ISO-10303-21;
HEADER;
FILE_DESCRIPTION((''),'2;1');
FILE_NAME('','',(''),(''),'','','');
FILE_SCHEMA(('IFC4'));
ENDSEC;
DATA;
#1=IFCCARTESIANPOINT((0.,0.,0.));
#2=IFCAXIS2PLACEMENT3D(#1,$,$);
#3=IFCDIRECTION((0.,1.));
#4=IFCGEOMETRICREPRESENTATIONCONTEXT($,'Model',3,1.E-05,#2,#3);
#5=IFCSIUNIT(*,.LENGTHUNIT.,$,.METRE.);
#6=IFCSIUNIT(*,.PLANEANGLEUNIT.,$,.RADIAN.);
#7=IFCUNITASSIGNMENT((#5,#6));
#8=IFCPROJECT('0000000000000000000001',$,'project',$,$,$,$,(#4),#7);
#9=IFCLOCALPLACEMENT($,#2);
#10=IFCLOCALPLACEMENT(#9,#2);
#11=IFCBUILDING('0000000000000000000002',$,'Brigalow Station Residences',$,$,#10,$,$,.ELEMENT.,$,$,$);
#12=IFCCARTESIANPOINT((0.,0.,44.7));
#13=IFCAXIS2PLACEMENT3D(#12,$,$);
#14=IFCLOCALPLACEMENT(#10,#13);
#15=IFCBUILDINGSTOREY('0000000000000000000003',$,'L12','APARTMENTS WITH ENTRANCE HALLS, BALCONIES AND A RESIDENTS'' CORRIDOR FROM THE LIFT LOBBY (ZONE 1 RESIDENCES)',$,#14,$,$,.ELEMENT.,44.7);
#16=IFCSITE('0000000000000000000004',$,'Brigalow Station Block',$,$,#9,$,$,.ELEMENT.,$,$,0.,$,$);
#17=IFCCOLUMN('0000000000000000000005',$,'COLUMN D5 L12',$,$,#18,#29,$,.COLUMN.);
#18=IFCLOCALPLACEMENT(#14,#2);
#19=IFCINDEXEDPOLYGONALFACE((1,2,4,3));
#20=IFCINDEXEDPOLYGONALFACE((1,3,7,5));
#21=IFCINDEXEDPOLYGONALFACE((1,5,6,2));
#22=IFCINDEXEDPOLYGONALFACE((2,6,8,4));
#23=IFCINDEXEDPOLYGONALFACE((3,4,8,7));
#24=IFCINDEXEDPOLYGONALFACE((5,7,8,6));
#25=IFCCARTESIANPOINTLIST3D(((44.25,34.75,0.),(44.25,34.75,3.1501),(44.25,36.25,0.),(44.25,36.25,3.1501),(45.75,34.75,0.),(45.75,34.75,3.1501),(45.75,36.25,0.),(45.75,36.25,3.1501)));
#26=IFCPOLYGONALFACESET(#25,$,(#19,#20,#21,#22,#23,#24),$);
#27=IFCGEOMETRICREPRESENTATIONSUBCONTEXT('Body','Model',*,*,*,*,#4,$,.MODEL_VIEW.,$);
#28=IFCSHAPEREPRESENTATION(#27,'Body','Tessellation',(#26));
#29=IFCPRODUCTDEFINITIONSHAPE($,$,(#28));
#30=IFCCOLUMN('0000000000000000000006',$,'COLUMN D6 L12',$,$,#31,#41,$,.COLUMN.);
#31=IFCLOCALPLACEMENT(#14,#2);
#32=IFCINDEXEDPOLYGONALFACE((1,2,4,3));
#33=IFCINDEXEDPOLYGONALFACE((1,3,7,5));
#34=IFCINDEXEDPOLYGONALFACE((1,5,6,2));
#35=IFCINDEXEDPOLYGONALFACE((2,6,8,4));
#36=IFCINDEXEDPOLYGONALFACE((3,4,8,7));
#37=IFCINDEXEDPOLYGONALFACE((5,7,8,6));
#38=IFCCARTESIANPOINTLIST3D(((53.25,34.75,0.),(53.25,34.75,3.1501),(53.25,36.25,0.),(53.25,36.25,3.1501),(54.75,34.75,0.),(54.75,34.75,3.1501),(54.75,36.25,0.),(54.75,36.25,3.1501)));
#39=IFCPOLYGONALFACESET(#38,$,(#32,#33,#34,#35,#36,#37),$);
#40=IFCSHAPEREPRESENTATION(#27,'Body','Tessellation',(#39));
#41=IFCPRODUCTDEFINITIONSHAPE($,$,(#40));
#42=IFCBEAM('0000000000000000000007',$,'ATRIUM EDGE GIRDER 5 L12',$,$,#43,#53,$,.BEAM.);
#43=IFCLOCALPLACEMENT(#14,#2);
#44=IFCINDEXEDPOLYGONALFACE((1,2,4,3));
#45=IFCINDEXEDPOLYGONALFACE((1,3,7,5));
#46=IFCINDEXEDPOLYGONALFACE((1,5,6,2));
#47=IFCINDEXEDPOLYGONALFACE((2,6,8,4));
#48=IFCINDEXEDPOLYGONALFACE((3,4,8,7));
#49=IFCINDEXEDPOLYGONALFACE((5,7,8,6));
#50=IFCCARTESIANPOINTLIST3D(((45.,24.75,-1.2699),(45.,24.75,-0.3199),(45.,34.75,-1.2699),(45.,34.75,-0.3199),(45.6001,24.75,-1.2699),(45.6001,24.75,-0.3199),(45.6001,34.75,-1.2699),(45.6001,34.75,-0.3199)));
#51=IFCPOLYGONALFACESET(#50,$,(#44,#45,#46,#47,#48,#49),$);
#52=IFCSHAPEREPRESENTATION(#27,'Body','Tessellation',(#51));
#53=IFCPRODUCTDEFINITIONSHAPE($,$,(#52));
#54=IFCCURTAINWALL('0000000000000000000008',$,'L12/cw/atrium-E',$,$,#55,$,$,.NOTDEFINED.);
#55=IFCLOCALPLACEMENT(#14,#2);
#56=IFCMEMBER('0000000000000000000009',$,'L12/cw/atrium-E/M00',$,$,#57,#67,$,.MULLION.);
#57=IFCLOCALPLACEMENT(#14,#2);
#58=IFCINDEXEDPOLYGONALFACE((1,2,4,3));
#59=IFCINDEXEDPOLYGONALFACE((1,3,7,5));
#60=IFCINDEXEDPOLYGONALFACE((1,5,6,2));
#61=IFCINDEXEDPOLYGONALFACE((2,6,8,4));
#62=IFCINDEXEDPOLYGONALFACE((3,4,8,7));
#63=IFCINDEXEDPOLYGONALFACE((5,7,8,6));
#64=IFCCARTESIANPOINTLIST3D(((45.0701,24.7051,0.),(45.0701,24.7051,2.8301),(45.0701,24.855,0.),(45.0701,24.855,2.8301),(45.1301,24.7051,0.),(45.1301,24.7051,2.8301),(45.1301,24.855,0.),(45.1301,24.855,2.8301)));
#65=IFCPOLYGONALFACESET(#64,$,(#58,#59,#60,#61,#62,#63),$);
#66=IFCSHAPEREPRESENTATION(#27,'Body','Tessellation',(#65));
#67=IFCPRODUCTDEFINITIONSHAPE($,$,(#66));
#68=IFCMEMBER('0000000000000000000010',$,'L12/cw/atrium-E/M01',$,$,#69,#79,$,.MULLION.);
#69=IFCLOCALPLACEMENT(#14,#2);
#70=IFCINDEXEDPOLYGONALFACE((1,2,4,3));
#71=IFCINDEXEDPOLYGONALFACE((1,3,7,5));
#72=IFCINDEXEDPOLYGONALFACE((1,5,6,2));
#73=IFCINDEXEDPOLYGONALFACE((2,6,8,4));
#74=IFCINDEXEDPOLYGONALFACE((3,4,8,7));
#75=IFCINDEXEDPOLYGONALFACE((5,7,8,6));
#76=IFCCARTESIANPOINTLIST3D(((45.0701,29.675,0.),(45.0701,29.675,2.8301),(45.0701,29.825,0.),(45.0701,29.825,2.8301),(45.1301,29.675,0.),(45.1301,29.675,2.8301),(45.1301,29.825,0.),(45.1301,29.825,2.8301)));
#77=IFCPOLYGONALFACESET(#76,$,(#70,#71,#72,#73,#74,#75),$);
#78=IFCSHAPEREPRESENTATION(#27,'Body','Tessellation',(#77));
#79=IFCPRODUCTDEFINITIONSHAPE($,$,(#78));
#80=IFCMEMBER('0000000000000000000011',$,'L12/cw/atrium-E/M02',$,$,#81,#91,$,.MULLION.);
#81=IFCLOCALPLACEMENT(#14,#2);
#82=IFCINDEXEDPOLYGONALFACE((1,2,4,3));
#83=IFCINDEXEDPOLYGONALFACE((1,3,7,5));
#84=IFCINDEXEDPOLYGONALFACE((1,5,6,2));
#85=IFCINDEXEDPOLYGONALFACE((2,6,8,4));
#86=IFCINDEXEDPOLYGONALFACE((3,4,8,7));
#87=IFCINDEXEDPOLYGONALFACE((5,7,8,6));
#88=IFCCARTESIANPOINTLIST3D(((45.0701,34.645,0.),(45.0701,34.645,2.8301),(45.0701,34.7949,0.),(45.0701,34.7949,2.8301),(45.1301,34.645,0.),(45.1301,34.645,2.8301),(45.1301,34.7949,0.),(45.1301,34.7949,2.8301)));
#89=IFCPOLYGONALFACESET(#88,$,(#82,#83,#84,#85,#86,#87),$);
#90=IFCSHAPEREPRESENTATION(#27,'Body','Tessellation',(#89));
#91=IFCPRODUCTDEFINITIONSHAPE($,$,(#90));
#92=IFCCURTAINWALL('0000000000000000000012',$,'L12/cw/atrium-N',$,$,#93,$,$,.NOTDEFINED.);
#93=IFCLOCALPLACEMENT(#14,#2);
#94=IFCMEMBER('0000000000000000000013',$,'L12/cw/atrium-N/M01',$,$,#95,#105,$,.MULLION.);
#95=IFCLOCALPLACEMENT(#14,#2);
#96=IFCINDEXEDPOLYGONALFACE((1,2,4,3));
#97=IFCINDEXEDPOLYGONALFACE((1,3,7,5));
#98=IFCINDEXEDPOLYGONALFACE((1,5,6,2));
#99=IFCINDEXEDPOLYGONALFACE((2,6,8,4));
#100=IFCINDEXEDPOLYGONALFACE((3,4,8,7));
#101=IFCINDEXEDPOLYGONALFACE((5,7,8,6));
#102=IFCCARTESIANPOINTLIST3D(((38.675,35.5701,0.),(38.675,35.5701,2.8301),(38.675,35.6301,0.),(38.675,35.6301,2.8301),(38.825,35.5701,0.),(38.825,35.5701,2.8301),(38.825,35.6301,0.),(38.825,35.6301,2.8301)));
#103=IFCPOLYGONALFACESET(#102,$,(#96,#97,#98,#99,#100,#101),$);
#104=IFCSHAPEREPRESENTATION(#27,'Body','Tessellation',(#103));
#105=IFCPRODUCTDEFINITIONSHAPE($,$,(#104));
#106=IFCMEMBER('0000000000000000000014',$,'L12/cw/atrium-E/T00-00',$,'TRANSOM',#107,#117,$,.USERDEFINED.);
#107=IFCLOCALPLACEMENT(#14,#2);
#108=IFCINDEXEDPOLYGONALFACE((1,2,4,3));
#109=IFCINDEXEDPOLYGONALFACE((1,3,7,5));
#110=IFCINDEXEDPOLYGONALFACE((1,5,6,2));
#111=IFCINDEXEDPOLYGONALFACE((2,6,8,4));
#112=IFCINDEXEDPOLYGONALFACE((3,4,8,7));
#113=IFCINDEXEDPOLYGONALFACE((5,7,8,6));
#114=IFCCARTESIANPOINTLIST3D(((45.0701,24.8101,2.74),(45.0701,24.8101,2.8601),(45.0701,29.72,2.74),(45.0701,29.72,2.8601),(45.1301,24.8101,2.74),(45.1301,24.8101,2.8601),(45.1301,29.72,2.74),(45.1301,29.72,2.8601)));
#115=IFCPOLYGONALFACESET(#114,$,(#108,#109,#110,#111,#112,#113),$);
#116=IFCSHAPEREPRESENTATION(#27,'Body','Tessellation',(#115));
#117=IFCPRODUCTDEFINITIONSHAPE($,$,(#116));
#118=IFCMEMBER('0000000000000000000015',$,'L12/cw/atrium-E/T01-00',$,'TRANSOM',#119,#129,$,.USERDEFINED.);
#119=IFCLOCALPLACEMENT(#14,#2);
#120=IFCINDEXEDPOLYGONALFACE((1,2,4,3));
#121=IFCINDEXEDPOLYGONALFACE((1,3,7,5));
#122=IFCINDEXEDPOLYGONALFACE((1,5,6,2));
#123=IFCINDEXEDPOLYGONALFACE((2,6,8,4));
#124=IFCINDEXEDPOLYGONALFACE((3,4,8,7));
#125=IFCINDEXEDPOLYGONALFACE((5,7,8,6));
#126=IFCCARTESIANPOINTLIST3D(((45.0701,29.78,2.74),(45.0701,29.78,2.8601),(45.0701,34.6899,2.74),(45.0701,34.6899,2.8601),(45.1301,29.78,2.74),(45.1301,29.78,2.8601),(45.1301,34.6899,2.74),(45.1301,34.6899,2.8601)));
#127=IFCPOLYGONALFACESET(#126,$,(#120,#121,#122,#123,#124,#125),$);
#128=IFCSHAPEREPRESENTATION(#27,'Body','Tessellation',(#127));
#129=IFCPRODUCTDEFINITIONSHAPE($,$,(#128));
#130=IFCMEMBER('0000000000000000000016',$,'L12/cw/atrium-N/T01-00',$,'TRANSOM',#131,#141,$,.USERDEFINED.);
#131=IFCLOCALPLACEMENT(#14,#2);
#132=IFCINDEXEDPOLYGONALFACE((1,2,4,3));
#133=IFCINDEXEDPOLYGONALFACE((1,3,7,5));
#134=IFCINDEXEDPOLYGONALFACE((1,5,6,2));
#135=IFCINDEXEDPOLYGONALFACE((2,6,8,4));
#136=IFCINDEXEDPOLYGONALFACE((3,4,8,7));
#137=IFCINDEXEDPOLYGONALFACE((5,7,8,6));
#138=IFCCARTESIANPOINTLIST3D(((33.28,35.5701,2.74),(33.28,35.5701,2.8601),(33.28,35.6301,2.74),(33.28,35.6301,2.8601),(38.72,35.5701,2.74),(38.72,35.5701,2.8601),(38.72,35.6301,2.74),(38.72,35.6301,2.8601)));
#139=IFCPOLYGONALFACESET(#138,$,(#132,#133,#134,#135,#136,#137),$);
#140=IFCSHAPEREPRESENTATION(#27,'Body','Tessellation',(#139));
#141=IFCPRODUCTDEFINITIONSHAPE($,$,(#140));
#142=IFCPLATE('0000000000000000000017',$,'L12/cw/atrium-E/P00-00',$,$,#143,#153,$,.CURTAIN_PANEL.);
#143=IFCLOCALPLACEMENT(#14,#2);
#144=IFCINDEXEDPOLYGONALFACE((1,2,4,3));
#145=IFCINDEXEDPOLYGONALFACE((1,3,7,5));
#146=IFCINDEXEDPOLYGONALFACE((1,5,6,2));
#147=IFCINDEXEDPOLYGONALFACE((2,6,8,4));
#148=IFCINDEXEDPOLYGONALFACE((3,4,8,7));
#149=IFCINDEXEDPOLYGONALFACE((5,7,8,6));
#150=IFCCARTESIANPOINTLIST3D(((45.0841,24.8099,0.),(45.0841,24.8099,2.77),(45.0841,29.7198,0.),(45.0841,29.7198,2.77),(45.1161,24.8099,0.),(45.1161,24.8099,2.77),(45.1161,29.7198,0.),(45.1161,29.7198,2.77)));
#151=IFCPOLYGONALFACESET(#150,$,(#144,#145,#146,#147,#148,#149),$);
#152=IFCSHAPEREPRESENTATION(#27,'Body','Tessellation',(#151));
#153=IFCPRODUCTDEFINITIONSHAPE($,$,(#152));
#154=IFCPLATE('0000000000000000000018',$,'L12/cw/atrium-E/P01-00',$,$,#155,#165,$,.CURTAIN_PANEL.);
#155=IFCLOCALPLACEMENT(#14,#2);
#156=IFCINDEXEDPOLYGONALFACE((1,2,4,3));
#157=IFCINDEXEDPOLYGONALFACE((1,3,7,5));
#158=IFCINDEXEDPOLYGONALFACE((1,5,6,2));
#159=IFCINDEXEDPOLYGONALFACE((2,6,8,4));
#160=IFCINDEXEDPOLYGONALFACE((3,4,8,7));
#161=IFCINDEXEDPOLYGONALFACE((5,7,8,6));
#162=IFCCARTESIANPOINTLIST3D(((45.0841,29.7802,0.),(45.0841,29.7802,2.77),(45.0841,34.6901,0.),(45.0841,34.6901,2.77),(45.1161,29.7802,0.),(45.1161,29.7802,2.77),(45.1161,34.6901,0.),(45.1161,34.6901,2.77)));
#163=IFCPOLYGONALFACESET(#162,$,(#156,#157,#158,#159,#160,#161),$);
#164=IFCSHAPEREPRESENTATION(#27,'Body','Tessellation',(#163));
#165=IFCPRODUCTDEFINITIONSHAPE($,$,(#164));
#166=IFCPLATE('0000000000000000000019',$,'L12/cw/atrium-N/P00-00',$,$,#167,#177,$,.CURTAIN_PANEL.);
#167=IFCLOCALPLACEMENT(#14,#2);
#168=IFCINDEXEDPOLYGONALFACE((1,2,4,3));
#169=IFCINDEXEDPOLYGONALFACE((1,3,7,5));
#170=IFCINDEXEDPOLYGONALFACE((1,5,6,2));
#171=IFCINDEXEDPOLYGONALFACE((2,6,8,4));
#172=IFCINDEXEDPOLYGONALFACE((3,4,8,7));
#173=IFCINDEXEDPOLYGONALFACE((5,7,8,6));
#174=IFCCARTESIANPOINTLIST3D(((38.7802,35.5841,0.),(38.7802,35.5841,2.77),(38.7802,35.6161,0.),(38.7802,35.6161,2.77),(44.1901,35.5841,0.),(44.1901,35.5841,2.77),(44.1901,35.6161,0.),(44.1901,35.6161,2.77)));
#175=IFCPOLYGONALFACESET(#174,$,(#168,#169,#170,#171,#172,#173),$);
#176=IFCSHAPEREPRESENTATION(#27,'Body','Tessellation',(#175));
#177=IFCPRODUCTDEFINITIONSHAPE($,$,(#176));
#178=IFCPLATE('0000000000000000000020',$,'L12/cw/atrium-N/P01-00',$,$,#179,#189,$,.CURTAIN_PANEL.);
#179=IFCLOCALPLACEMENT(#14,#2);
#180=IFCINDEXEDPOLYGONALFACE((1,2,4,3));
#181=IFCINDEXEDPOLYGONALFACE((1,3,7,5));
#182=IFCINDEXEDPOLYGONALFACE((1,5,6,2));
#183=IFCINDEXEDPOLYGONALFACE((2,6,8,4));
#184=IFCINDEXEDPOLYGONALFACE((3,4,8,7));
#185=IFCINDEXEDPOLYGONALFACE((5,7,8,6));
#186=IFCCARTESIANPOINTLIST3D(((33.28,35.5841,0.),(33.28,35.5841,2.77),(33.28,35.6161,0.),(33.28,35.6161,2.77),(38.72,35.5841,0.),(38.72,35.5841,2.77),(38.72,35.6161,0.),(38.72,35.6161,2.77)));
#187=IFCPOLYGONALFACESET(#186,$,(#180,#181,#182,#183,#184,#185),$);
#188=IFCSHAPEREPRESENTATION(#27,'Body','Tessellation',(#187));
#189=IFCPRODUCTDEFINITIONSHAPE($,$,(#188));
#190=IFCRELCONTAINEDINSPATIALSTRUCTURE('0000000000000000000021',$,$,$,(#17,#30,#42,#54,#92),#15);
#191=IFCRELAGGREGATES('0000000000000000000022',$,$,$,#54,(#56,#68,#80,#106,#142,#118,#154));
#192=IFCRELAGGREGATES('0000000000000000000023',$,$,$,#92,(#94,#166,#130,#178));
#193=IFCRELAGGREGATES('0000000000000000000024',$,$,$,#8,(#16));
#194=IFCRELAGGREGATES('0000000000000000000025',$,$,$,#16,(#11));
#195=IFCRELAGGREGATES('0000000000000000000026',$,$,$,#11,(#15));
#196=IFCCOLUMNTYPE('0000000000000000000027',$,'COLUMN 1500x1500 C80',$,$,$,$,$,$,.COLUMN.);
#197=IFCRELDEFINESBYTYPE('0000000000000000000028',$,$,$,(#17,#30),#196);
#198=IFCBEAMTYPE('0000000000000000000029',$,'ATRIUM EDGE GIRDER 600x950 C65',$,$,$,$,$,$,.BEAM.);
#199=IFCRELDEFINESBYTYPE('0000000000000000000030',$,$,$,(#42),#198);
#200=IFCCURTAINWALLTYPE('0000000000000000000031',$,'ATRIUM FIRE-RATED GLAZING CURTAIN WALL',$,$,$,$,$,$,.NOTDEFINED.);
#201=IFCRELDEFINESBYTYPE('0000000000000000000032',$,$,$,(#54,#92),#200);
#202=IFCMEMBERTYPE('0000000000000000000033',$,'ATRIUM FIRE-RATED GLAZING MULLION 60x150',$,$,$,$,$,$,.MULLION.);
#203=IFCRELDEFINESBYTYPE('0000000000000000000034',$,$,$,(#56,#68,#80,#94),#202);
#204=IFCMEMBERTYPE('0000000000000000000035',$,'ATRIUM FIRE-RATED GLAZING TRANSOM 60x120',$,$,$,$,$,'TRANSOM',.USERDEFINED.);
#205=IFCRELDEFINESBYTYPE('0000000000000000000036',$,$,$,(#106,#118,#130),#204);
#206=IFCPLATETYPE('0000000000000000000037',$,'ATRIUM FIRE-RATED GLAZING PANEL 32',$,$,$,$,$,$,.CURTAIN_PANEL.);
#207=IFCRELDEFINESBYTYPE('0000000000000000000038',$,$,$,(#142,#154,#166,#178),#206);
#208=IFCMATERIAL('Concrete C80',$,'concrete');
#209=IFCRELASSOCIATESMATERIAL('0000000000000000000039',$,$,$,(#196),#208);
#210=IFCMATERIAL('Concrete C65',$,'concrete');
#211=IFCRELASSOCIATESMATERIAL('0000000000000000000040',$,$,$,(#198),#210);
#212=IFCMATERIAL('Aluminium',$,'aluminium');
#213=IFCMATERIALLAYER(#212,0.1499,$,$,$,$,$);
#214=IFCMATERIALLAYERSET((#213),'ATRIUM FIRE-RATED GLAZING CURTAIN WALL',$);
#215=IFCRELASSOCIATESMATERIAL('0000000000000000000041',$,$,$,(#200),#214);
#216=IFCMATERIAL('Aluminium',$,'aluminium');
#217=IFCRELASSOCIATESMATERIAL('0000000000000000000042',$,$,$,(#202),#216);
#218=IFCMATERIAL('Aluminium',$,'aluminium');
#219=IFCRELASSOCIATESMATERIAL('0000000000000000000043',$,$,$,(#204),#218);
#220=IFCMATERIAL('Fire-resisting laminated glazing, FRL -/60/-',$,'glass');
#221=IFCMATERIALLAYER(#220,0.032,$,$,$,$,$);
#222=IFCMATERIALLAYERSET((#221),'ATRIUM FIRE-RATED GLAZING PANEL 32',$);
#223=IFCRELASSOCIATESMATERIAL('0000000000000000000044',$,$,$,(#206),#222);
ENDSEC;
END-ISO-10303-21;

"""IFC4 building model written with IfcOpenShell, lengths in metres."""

from ifc_helpers import new_model, si_unit, direction, frame, origin, origin_2d, place, context, subcontext, project, spatial, rectangle, extrude, material, layer, layer_set, material_profile, profile_set, type_object, element, aggregate, save


model = new_model("IFC4")

# Units and contexts
model_context = context("Model", 3, precision=1e-05, world=origin(), true_north=direction((0.0, 1.0)))
body_context = subcontext(model_context, "Body", "Model", "MODEL_VIEW")
ifc_project = project(units=[si_unit("LENGTHUNIT", "METRE"), si_unit("PLANEANGLEUNIT", "RADIAN")], contexts=[model_context])

# Site, building, storey
site_placement = place(None, origin())
site = spatial("IfcSite", under=ifc_project, at=site_placement, Name="Brigalow Station Block", CompositionType="ELEMENT", RefElevation=0.0)
building_placement = place(site_placement, origin())
building = spatial("IfcBuilding", under=site, at=building_placement, Name="Brigalow Station Residences", CompositionType="ELEMENT")
storey_placement = place(building_placement, frame((0.0, 0.0, 44.7)))
storey = spatial("IfcBuildingStorey", under=building, at=storey_placement, Name="L12", Description="APARTMENTS WITH ENTRANCE HALLS, BALCONIES AND A RESIDENTS' CORRIDOR FROM THE LIFT LOBBY (ZONE 1 RESIDENCES)", CompositionType="ELEMENT", Elevation=44.7)

# Columns
ifc_material_1 = material(Name="Concrete C80", Category="concrete")
ifc_material_profile_1 = material_profile(ifc_material_1, rectangle(XDim=1.5, YDim=1.5, at=origin_2d()), Name="RC1500x1500")
ifc_profile_set_1 = profile_set([ifc_material_profile_1], Name="Concrete C80")
column_type = type_object("IfcColumnType", Name="COLUMN 1500x1500 C80", PredefinedType="COLUMN", material=ifc_profile_set_1)
for number, where, z_axis, x_axis, name in (
    (1, (45.0, 35.5, 0.0), (0.0, 0.0, 1.0), (1.0, 0.0, 0.0), "COLUMN D5 L12"),
    (2, (54.0, 35.5, 0.0), (0.0, 0.0, 1.0), (1.0, 0.0, 0.0), "COLUMN D6 L12"),
):
    element("IfcColumn", number, at=place(storey_placement, frame(where, z_axis=z_axis, x_axis=x_axis)), inside=storey, type_object=column_type, Name=name, PredefinedType="COLUMN", context=body_context, shape_type="SweptSolid", body=[
        extrude(rectangle(XDim=1.5, YDim=1.5, at=origin_2d()), origin(), (0.0, 0.0, 1.0), 3.1501),
    ])

# Beam
ifc_material_2 = material(Name="Concrete C65", Category="concrete")
ifc_material_profile_2 = material_profile(ifc_material_2, rectangle(XDim=0.6001, YDim=0.95, at=origin_2d()), Name="RC600x950")
ifc_profile_set_2 = profile_set([ifc_material_profile_2], Name="Concrete C65")
beam_type = type_object("IfcBeamType", Name="ATRIUM EDGE GIRDER 600x950 C65", PredefinedType="BEAM", material=ifc_profile_set_2)
beam_placement = place(storey_placement, frame((45.3, 24.75, -0.7949), z_axis=(0.0, 1.0, 0.0), x_axis=(-1.0, 0.0, 0.0)))
element("IfcBeam", 3, at=beam_placement, inside=storey, type_object=beam_type, Name="ATRIUM EDGE GIRDER 5 L12", PredefinedType="BEAM", context=body_context, shape_type="SweptSolid", body=[
    extrude(rectangle(XDim=0.6001, YDim=0.95, at=origin_2d()), origin(), (0.0, 0.0, 1.0), 10.0),
])

# Curtain wall, members
ifc_material_3 = material(Name="Aluminium", Category="aluminium")
ifc_layer_1 = layer(ifc_material_3, 0.1499)
ifc_layer_set_1 = layer_set([ifc_layer_1], Name="ATRIUM FIRE-RATED GLAZING CURTAIN WALL")
curtain_wall_type = type_object("IfcCurtainWallType", Name="ATRIUM FIRE-RATED GLAZING CURTAIN WALL", PredefinedType="NOTDEFINED", material=ifc_layer_set_1)
curtain_wall_1_placement = place(storey_placement, origin())
curtain_wall_1 = element("IfcCurtainWall", 4, at=curtain_wall_1_placement, inside=storey, type_object=curtain_wall_type, Name="L12/cw/atrium-E", PredefinedType="NOTDEFINED")
ifc_material_4 = material(Name="Aluminium", Category="aluminium")
ifc_material_profile_3 = material_profile(ifc_material_4, rectangle(XDim=0.0601, YDim=0.1499, at=origin_2d()), Name="ATRIUM FIRE-RATED GLAZING MULLION 60x150")
ifc_profile_set_3 = profile_set([ifc_material_profile_3], Name="Aluminium")
member_type_1 = type_object("IfcMemberType", Name="ATRIUM FIRE-RATED GLAZING MULLION 60x150", PredefinedType="MULLION", material=ifc_profile_set_3)
member_1_placement = place(storey_placement, frame((45.1001, 24.78, 0.0), z_axis=(0.0, 0.0, 1.0), x_axis=(-1.0, 0.0, 0.0)))
member_1 = element("IfcMember", 5, at=member_1_placement, type_object=member_type_1, Name="L12/cw/atrium-E/M00", PredefinedType="MULLION", context=body_context, shape_type="SweptSolid", body=[
    extrude(rectangle(XDim=0.0601, YDim=0.1499, at=origin_2d()), origin(), (0.0, 0.0, 1.0), 2.8301),
])
member_2_placement = place(storey_placement, frame((45.1001, 29.75, 0.0), z_axis=(0.0, 0.0, 1.0), x_axis=(-1.0, 0.0, 0.0)))
member_2 = element("IfcMember", 6, at=member_2_placement, type_object=member_type_1, Name="L12/cw/atrium-E/M01", PredefinedType="MULLION", context=body_context, shape_type="SweptSolid", body=[
    extrude(rectangle(XDim=0.0601, YDim=0.1499, at=origin_2d()), origin(), (0.0, 0.0, 1.0), 2.8301),
])
member_3_placement = place(storey_placement, frame((45.1001, 34.72, 0.0), z_axis=(0.0, 0.0, 1.0), x_axis=(-1.0, 0.0, 0.0)))
member_3 = element("IfcMember", 7, at=member_3_placement, type_object=member_type_1, Name="L12/cw/atrium-E/M02", PredefinedType="MULLION", context=body_context, shape_type="SweptSolid", body=[
    extrude(rectangle(XDim=0.0601, YDim=0.1499, at=origin_2d()), origin(), (0.0, 0.0, 1.0), 2.8301),
])

# Curtain wall, member
curtain_wall_2_placement = place(storey_placement, origin())
curtain_wall_2 = element("IfcCurtainWall", 8, at=curtain_wall_2_placement, inside=storey, type_object=curtain_wall_type, Name="L12/cw/atrium-N", PredefinedType="NOTDEFINED")
member_4_placement = place(storey_placement, frame((38.75, 35.6001, 0.0), z_axis=(0.0, 0.0, 1.0), x_axis=(0.0, -1.0, 0.0)))
member_4 = element("IfcMember", 9, at=member_4_placement, type_object=member_type_1, Name="L12/cw/atrium-N/M01", PredefinedType="MULLION", context=body_context, shape_type="SweptSolid", body=[
    extrude(rectangle(XDim=0.0601, YDim=0.1499, at=origin_2d()), origin(), (0.0, 0.0, 1.0), 2.8301),
])

# Members
ifc_material_5 = material(Name="Aluminium", Category="aluminium")
ifc_material_profile_4 = material_profile(ifc_material_5, rectangle(XDim=0.0601, YDim=0.1201, at=origin_2d()), Name="ATRIUM FIRE-RATED GLAZING TRANSOM 60x120")
ifc_profile_set_4 = profile_set([ifc_material_profile_4], Name="Aluminium")
member_type_2 = type_object("IfcMemberType", Name="ATRIUM FIRE-RATED GLAZING TRANSOM 60x120", ElementType="TRANSOM", PredefinedType="USERDEFINED", material=ifc_profile_set_4)
member_5_placement = place(storey_placement, frame((45.1001, 24.8101, 2.8), z_axis=(0.0, 1.0, 0.0), x_axis=(-1.0, 0.0, 0.0)))
member_5 = element("IfcMember", 10, at=member_5_placement, type_object=member_type_2, Name="L12/cw/atrium-E/T00-00", ObjectType="TRANSOM", PredefinedType="USERDEFINED", context=body_context, shape_type="SweptSolid", body=[
    extrude(rectangle(XDim=0.0601, YDim=0.1201, at=origin_2d()), origin(), (0.0, 0.0, 1.0), 4.9099),
])
member_6_placement = place(storey_placement, frame((45.1001, 29.78, 2.8), z_axis=(0.0, 1.0, 0.0), x_axis=(-1.0, 0.0, 0.0)))
member_6 = element("IfcMember", 11, at=member_6_placement, type_object=member_type_2, Name="L12/cw/atrium-E/T01-00", ObjectType="TRANSOM", PredefinedType="USERDEFINED", context=body_context, shape_type="SweptSolid", body=[
    extrude(rectangle(XDim=0.0601, YDim=0.1201, at=origin_2d()), origin(), (0.0, 0.0, 1.0), 4.9099),
])
member_7_placement = place(storey_placement, frame((38.72, 35.6001, 2.8), z_axis=(-1.0, 0.0, 0.0), x_axis=(0.0, -1.0, 0.0)))
member_7 = element("IfcMember", 12, at=member_7_placement, type_object=member_type_2, Name="L12/cw/atrium-N/T01-00", ObjectType="TRANSOM", PredefinedType="USERDEFINED", context=body_context, shape_type="SweptSolid", body=[
    extrude(rectangle(XDim=0.0601, YDim=0.1201, at=origin_2d()), origin(), (0.0, 0.0, 1.0), 5.4399),
])

# Plates
ifc_material_6 = material(Name="Fire-resisting laminated glazing, FRL -/60/-", Category="glass")
ifc_layer_2 = layer(ifc_material_6, 0.032)
ifc_layer_set_2 = layer_set([ifc_layer_2], Name="ATRIUM FIRE-RATED GLAZING PANEL 32")
plate_type = type_object("IfcPlateType", Name="ATRIUM FIRE-RATED GLAZING PANEL 32", PredefinedType="CURTAIN_PANEL", material=ifc_layer_set_2)
plate_1_placement = place(storey_placement, frame((45.1001, 27.2649, 0.0), z_axis=(0.0, 0.0, 1.0), x_axis=(0.0, 1.0, 0.0)))
plate_1 = element("IfcPlate", 13, at=plate_1_placement, type_object=plate_type, Name="L12/cw/atrium-E/P00-00", PredefinedType="CURTAIN_PANEL", context=body_context, shape_type="SweptSolid", body=[
    extrude(rectangle(XDim=4.9099, YDim=0.032, at=origin_2d()), origin(), (0.0, 0.0, 1.0), 2.77),
])
plate_2_placement = place(storey_placement, frame((45.1001, 32.2351, 0.0), z_axis=(0.0, 0.0, 1.0), x_axis=(0.0, 1.0, 0.0)))
plate_2 = element("IfcPlate", 14, at=plate_2_placement, type_object=plate_type, Name="L12/cw/atrium-E/P01-00", PredefinedType="CURTAIN_PANEL", context=body_context, shape_type="SweptSolid", body=[
    extrude(rectangle(XDim=4.9099, YDim=0.032, at=origin_2d()), origin(), (0.0, 0.0, 1.0), 2.77),
])
aggregate(curtain_wall_1, [member_1, member_2, member_3, member_5, plate_1, member_6, plate_2])
plate_3_placement = place(storey_placement, frame((41.4851, 35.6001, 0.0), z_axis=(0.0, 0.0, 1.0), x_axis=(-1.0, 0.0, 0.0)))
plate_3 = element("IfcPlate", 15, at=plate_3_placement, type_object=plate_type, Name="L12/cw/atrium-N/P00-00", PredefinedType="CURTAIN_PANEL", context=body_context, shape_type="SweptSolid", body=[
    extrude(rectangle(XDim=5.4099, YDim=0.032, at=origin_2d()), origin(), (0.0, 0.0, 1.0), 2.77),
])
plate_4_placement = place(storey_placement, frame((36.0, 35.6001, 0.0), z_axis=(0.0, 0.0, 1.0), x_axis=(-1.0, 0.0, 0.0)))
plate_4 = element("IfcPlate", 16, at=plate_4_placement, type_object=plate_type, Name="L12/cw/atrium-N/P01-00", PredefinedType="CURTAIN_PANEL", context=body_context, shape_type="SweptSolid", body=[
    extrude(rectangle(XDim=5.4399, YDim=0.032, at=origin_2d()), origin(), (0.0, 0.0, 1.0), 2.77),
])
aggregate(curtain_wall_2, [member_4, plate_3, member_7, plate_4])

save(model, "model.ifc")
